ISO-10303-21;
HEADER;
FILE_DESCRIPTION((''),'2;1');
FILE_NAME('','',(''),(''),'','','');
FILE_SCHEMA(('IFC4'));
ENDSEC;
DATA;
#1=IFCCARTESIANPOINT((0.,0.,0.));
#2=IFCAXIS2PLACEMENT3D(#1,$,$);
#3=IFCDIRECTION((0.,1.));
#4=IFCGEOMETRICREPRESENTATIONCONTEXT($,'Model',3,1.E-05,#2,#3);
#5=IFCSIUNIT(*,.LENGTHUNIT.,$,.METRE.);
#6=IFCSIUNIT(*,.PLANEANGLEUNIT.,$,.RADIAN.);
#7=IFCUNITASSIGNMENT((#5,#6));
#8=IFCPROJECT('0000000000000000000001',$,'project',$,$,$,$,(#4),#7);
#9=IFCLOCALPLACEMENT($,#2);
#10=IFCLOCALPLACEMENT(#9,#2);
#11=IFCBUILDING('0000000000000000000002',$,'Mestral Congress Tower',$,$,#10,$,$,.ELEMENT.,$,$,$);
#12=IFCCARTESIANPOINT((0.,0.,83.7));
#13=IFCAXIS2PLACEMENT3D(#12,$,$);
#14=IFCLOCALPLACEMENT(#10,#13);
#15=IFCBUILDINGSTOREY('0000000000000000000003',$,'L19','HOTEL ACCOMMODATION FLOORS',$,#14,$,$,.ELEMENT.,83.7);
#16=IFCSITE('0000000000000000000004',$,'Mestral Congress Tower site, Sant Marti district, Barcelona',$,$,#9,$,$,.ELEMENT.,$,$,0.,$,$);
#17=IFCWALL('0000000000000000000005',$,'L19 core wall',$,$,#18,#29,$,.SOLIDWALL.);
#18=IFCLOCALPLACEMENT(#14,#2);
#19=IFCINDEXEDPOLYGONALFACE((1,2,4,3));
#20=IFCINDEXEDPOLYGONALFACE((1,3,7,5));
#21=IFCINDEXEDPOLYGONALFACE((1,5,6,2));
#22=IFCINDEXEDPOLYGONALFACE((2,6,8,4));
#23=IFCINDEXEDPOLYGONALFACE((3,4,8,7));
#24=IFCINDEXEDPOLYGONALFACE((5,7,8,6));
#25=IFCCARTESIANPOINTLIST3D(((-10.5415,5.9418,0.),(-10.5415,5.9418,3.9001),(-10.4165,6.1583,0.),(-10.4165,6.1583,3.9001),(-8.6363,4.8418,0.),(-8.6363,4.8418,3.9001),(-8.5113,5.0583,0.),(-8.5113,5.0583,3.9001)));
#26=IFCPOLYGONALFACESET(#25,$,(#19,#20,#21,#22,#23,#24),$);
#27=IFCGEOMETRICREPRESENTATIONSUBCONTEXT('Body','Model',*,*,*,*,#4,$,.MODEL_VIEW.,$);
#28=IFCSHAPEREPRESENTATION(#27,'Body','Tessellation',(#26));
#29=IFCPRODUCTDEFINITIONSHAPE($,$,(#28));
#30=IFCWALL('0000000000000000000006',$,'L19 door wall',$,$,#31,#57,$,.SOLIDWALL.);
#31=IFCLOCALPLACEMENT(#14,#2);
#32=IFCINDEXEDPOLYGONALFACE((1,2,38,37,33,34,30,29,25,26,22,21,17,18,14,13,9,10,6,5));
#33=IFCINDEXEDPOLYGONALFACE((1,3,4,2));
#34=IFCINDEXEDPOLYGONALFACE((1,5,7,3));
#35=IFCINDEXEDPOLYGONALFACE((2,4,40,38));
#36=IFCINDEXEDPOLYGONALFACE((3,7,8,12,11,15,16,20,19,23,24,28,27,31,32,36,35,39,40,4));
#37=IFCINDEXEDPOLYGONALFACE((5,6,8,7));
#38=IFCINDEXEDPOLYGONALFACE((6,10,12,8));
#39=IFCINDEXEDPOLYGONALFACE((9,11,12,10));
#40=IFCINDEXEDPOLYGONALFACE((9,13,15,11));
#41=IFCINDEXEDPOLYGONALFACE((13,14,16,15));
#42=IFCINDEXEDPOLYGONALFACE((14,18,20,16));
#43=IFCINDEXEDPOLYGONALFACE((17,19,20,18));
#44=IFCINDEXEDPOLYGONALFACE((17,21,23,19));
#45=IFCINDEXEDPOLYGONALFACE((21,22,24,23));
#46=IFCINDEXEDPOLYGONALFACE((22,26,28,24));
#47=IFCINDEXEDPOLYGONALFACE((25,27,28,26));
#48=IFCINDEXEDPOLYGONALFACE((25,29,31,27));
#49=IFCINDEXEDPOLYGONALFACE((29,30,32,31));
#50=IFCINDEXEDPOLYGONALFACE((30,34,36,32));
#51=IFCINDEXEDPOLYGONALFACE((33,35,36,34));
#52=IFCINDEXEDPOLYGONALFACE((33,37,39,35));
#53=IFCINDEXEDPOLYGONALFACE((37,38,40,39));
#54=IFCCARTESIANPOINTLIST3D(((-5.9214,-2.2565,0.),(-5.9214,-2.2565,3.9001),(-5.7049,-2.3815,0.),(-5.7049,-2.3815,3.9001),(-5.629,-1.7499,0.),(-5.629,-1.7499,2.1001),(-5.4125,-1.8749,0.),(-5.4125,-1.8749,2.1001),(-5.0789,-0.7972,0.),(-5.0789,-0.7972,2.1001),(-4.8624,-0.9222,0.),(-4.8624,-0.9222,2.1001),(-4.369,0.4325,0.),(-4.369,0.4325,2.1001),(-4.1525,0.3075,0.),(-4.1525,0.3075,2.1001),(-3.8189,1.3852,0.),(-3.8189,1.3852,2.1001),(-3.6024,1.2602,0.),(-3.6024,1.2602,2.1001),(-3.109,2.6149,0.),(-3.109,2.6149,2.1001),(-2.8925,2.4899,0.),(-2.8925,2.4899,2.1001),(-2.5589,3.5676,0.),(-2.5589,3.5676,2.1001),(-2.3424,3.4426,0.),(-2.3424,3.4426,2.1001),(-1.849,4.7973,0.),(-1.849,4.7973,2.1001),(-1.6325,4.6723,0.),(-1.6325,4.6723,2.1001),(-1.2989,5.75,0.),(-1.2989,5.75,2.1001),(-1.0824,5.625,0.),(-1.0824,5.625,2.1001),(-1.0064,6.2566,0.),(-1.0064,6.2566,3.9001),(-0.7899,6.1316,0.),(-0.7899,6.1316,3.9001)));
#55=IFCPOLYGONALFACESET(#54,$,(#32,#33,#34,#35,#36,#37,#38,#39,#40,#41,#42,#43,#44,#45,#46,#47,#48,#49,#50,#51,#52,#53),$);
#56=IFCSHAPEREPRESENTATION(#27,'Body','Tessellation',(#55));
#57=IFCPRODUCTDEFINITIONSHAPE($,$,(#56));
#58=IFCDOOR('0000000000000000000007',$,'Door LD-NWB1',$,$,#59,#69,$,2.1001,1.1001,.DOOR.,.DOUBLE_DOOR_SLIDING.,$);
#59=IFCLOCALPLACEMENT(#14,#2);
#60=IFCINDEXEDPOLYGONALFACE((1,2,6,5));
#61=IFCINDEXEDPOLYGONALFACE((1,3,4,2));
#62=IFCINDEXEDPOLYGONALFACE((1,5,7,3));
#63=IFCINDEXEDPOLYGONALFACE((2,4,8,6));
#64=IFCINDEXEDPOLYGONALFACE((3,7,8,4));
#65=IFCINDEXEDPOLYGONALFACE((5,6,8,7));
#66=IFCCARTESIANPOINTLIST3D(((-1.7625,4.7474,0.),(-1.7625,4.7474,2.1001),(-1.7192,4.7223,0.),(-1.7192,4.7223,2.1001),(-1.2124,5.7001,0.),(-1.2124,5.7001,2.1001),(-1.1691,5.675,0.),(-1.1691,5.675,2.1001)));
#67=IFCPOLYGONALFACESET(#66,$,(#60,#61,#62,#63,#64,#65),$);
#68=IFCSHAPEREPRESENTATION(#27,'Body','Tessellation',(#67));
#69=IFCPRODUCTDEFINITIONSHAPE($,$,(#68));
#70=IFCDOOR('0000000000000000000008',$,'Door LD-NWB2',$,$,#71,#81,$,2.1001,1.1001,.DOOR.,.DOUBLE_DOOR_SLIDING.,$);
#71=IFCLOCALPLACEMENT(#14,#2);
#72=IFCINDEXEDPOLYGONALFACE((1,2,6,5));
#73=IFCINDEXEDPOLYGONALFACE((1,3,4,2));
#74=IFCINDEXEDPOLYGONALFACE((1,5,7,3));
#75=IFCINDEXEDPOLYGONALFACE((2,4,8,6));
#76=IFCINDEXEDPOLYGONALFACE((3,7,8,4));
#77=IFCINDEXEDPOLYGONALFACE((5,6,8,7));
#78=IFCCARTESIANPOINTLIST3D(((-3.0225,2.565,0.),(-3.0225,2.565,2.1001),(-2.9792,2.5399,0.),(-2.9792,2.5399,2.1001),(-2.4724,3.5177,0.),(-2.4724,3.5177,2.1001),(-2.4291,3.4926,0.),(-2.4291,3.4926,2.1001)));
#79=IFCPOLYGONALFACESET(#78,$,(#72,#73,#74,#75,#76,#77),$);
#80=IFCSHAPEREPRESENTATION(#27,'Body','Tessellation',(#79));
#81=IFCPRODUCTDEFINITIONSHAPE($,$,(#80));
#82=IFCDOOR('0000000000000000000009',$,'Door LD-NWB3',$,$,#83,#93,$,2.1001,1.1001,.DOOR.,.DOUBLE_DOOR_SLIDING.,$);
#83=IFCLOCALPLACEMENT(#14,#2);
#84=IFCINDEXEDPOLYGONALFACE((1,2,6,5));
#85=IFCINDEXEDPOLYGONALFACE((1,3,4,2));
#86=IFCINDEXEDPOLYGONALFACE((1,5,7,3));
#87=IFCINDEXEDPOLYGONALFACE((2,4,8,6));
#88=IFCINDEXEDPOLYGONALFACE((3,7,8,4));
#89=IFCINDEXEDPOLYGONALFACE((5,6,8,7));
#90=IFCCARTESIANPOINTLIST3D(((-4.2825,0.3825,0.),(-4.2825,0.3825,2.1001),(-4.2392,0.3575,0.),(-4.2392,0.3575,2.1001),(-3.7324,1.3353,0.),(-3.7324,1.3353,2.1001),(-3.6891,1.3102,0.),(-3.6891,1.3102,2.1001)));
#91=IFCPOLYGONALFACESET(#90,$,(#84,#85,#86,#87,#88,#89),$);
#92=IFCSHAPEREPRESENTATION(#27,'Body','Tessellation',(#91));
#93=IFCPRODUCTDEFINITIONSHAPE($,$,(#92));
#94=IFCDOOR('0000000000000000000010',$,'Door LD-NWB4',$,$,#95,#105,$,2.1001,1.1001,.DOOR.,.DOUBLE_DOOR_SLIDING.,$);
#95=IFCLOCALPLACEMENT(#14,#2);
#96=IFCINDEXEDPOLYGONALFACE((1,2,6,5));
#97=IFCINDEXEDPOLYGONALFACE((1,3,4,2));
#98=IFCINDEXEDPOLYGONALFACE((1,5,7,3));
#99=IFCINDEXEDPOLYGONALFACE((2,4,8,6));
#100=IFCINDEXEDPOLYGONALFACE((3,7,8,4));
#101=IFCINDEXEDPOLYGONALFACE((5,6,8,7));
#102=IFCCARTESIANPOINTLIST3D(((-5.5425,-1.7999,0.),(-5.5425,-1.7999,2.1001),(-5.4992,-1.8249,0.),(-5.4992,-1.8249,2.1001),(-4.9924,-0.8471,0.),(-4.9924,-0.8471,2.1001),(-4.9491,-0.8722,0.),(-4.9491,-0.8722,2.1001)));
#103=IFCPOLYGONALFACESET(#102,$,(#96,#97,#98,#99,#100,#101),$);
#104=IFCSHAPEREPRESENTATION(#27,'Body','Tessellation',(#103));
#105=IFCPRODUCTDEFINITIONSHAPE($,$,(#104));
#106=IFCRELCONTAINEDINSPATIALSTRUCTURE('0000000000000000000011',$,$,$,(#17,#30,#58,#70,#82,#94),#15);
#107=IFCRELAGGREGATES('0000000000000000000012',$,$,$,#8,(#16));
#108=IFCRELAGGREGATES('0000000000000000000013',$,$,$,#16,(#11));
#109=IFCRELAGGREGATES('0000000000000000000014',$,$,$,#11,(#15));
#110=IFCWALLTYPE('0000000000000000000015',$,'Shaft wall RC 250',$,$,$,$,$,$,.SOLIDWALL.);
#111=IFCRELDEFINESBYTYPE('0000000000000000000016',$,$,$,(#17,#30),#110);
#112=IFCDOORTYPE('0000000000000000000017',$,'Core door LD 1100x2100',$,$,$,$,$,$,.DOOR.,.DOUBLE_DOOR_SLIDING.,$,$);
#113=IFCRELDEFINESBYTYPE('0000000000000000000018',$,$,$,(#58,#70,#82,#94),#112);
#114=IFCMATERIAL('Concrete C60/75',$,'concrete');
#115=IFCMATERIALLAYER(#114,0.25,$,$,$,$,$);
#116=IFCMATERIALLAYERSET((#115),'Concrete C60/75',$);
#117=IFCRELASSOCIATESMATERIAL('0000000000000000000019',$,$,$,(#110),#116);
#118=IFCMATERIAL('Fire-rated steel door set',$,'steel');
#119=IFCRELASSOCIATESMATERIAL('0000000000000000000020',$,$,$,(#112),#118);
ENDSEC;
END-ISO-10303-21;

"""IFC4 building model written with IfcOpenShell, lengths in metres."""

from ifc_helpers import new_model, si_unit, direction, frame, frame_2d, origin, place, context, subcontext, project, spatial, rectangle, extrude, material, layer, layer_set, type_object, element, fill, save


model = new_model("IFC4")

# Units and contexts
model_context = context("Model", 3, precision=1e-05, world=origin(), true_north=direction((0.0, 1.0)))
body_context = subcontext(model_context, "Body", "Model", "MODEL_VIEW")
ifc_project = project(units=[si_unit("LENGTHUNIT", "METRE"), si_unit("PLANEANGLEUNIT", "RADIAN")], contexts=[model_context])

# Site, building, storey
site_placement = place(None, origin())
site = spatial("IfcSite", under=ifc_project, at=site_placement, Name="Mestral Congress Tower site, Sant Marti district, Barcelona", CompositionType="ELEMENT", RefElevation=0.0)
building_placement = place(site_placement, origin())
building = spatial("IfcBuilding", under=site, at=building_placement, Name="Mestral Congress Tower", CompositionType="ELEMENT")
storey_placement = place(building_placement, frame((0.0, 0.0, 83.7)))
storey = spatial("IfcBuildingStorey", under=building, at=storey_placement, Name="L19", Description="HOTEL ACCOMMODATION FLOORS", CompositionType="ELEMENT", Elevation=83.7)

# Shared definitions
ifc_material_1 = material(Name="Fire-rated steel door set", Category="steel")

# Wall
ifc_material_2 = material(Name="Concrete C60/75", Category="concrete")
ifc_layer_1 = layer(ifc_material_2, 0.25)
ifc_layer_set_1 = layer_set([ifc_layer_1], Name="Concrete C60/75")
wall_type_1 = type_object("IfcWallType", Name="Shaft wall RC 250", PredefinedType="SOLIDWALL", material=ifc_layer_set_1)
wall_1_placement = place(storey_placement, frame((-8.5737, 4.95, 0.0), z_axis=(0.0, 0.0, 1.0), x_axis=(-0.866008, 0.50003, 0.0)))
element("IfcWall", 1, at=wall_1_placement, inside=storey, type_object=wall_type_1, Name="L19 core wall", PredefinedType="SOLIDWALL", context=body_context, shape_type="SweptSolid", body=[
    extrude(rectangle(XDim=2.2, YDim=0.25, at=frame_2d((1.1001, 0.0))), origin(), (0.0, 0.0, 1.0), 3.9001),
])

# Wall, openings, doors
wall_2_placement = place(storey_placement, frame((-0.8982, 6.1941, 0.0), z_axis=(0.0, 0.0, 1.0), x_axis=(-0.499996, -0.866028, 0.0)))
wall_2 = element("IfcWall", 2, at=wall_2_placement, inside=storey, type_object=wall_type_1, Name="L19 door wall", PredefinedType="SOLIDWALL", context=body_context, shape_type="SweptSolid", body=[
    extrude(rectangle(XDim=9.8301, YDim=0.25, at=frame_2d((4.915, 0.0))), origin(), (0.0, 0.0, 1.0), 3.9001),
])
opening_1_placement = place(wall_2_placement, frame((0.585, 0.0, 0.0)))
opening_1 = element("IfcOpeningElement", 3, at=opening_1_placement, cuts=wall_2, PredefinedType="OPENING", context=body_context, shape_type="SweptSolid", body=[
    extrude(rectangle(XDim=1.1001, YDim=2.1001, at=frame_2d((0.55, 1.05))), frame((0.0, 0.135, 0.0), z_axis=(0.0, -1.0, 0.0), x_axis=(1.0, 0.0, 0.0)), (0.0, 0.0, 1.0), 0.27),
])
opening_2_placement = place(wall_2_placement, frame((3.105, 0.0, 0.0)))
opening_2 = element("IfcOpeningElement", 4, at=opening_2_placement, cuts=wall_2, PredefinedType="OPENING", context=body_context, shape_type="SweptSolid", body=[
    extrude(rectangle(XDim=1.1001, YDim=2.1001, at=frame_2d((0.55, 1.05))), frame((0.0, 0.135, 0.0), z_axis=(0.0, -1.0, 0.0), x_axis=(1.0, 0.0, 0.0)), (0.0, 0.0, 1.0), 0.27),
])
opening_3_placement = place(wall_2_placement, frame((5.625, 0.0, 0.0)))
opening_3 = element("IfcOpeningElement", 5, at=opening_3_placement, cuts=wall_2, PredefinedType="OPENING", context=body_context, shape_type="SweptSolid", body=[
    extrude(rectangle(XDim=1.1001, YDim=2.1001, at=frame_2d((0.55, 1.05))), frame((0.0, 0.135, 0.0), z_axis=(0.0, -1.0, 0.0), x_axis=(1.0, 0.0, 0.0)), (0.0, 0.0, 1.0), 0.27),
])
opening_4_placement = place(wall_2_placement, frame((8.145, 0.0, 0.0)))
opening_4 = element("IfcOpeningElement", 6, at=opening_4_placement, cuts=wall_2, PredefinedType="OPENING", context=body_context, shape_type="SweptSolid", body=[
    extrude(rectangle(XDim=1.1001, YDim=2.1001, at=frame_2d((0.55, 1.05))), frame((0.0, 0.135, 0.0), z_axis=(0.0, -1.0, 0.0), x_axis=(1.0, 0.0, 0.0)), (0.0, 0.0, 1.0), 0.27),
])
door_type_1 = type_object("IfcDoorType", Name="Core door LD 1100x2100", OperationType="DOUBLE_DOOR_SLIDING", PredefinedType="DOOR", material=ifc_material_1)
door_1_placement = place(opening_1_placement, origin())
door_1 = element("IfcDoor", 7, at=door_1_placement, inside=storey, type_object=door_type_1, Name="Door LD-NWB1", OperationType="DOUBLE_DOOR_SLIDING", OverallHeight=2.1001, OverallWidth=1.1001, PredefinedType="DOOR", context=body_context, shape_type="SweptSolid", body=[
    extrude(rectangle(XDim=1.1001, YDim=2.1001, at=frame_2d((0.55, 1.05))), frame((0.0, 0.0249, 0.0), z_axis=(0.0, -1.0, 0.0), x_axis=(1.0, 0.0, 0.0)), (0.0, 0.0, 1.0), 0.05),
])
fill(opening_1, door_1)
door_2_placement = place(opening_2_placement, origin())
door_2 = element("IfcDoor", 8, at=door_2_placement, inside=storey, type_object=door_type_1, Name="Door LD-NWB2", OperationType="DOUBLE_DOOR_SLIDING", OverallHeight=2.1001, OverallWidth=1.1001, PredefinedType="DOOR", context=body_context, shape_type="SweptSolid", body=[
    extrude(rectangle(XDim=1.1001, YDim=2.1001, at=frame_2d((0.55, 1.05))), frame((0.0, 0.0249, 0.0), z_axis=(0.0, -1.0, 0.0), x_axis=(1.0, 0.0, 0.0)), (0.0, 0.0, 1.0), 0.05),
])
fill(opening_2, door_2)
door_3_placement = place(opening_3_placement, origin())
door_3 = element("IfcDoor", 9, at=door_3_placement, inside=storey, type_object=door_type_1, Name="Door LD-NWB3", OperationType="DOUBLE_DOOR_SLIDING", OverallHeight=2.1001, OverallWidth=1.1001, PredefinedType="DOOR", context=body_context, shape_type="SweptSolid", body=[
    extrude(rectangle(XDim=1.1001, YDim=2.1001, at=frame_2d((0.55, 1.05))), frame((0.0, 0.0249, 0.0), z_axis=(0.0, -1.0, 0.0), x_axis=(1.0, 0.0, 0.0)), (0.0, 0.0, 1.0), 0.05),
])
fill(opening_3, door_3)
door_4_placement = place(opening_4_placement, origin())
door_4 = element("IfcDoor", 10, at=door_4_placement, inside=storey, type_object=door_type_1, Name="Door LD-NWB4", OperationType="DOUBLE_DOOR_SLIDING", OverallHeight=2.1001, OverallWidth=1.1001, PredefinedType="DOOR", context=body_context, shape_type="SweptSolid", body=[
    extrude(rectangle(XDim=1.1001, YDim=2.1001, at=frame_2d((0.55, 1.05))), frame((0.0, 0.0249, 0.0), z_axis=(0.0, -1.0, 0.0), x_axis=(1.0, 0.0, 0.0)), (0.0, 0.0, 1.0), 0.05),
])
fill(opening_4, door_4)

save(model, "model.ifc")
